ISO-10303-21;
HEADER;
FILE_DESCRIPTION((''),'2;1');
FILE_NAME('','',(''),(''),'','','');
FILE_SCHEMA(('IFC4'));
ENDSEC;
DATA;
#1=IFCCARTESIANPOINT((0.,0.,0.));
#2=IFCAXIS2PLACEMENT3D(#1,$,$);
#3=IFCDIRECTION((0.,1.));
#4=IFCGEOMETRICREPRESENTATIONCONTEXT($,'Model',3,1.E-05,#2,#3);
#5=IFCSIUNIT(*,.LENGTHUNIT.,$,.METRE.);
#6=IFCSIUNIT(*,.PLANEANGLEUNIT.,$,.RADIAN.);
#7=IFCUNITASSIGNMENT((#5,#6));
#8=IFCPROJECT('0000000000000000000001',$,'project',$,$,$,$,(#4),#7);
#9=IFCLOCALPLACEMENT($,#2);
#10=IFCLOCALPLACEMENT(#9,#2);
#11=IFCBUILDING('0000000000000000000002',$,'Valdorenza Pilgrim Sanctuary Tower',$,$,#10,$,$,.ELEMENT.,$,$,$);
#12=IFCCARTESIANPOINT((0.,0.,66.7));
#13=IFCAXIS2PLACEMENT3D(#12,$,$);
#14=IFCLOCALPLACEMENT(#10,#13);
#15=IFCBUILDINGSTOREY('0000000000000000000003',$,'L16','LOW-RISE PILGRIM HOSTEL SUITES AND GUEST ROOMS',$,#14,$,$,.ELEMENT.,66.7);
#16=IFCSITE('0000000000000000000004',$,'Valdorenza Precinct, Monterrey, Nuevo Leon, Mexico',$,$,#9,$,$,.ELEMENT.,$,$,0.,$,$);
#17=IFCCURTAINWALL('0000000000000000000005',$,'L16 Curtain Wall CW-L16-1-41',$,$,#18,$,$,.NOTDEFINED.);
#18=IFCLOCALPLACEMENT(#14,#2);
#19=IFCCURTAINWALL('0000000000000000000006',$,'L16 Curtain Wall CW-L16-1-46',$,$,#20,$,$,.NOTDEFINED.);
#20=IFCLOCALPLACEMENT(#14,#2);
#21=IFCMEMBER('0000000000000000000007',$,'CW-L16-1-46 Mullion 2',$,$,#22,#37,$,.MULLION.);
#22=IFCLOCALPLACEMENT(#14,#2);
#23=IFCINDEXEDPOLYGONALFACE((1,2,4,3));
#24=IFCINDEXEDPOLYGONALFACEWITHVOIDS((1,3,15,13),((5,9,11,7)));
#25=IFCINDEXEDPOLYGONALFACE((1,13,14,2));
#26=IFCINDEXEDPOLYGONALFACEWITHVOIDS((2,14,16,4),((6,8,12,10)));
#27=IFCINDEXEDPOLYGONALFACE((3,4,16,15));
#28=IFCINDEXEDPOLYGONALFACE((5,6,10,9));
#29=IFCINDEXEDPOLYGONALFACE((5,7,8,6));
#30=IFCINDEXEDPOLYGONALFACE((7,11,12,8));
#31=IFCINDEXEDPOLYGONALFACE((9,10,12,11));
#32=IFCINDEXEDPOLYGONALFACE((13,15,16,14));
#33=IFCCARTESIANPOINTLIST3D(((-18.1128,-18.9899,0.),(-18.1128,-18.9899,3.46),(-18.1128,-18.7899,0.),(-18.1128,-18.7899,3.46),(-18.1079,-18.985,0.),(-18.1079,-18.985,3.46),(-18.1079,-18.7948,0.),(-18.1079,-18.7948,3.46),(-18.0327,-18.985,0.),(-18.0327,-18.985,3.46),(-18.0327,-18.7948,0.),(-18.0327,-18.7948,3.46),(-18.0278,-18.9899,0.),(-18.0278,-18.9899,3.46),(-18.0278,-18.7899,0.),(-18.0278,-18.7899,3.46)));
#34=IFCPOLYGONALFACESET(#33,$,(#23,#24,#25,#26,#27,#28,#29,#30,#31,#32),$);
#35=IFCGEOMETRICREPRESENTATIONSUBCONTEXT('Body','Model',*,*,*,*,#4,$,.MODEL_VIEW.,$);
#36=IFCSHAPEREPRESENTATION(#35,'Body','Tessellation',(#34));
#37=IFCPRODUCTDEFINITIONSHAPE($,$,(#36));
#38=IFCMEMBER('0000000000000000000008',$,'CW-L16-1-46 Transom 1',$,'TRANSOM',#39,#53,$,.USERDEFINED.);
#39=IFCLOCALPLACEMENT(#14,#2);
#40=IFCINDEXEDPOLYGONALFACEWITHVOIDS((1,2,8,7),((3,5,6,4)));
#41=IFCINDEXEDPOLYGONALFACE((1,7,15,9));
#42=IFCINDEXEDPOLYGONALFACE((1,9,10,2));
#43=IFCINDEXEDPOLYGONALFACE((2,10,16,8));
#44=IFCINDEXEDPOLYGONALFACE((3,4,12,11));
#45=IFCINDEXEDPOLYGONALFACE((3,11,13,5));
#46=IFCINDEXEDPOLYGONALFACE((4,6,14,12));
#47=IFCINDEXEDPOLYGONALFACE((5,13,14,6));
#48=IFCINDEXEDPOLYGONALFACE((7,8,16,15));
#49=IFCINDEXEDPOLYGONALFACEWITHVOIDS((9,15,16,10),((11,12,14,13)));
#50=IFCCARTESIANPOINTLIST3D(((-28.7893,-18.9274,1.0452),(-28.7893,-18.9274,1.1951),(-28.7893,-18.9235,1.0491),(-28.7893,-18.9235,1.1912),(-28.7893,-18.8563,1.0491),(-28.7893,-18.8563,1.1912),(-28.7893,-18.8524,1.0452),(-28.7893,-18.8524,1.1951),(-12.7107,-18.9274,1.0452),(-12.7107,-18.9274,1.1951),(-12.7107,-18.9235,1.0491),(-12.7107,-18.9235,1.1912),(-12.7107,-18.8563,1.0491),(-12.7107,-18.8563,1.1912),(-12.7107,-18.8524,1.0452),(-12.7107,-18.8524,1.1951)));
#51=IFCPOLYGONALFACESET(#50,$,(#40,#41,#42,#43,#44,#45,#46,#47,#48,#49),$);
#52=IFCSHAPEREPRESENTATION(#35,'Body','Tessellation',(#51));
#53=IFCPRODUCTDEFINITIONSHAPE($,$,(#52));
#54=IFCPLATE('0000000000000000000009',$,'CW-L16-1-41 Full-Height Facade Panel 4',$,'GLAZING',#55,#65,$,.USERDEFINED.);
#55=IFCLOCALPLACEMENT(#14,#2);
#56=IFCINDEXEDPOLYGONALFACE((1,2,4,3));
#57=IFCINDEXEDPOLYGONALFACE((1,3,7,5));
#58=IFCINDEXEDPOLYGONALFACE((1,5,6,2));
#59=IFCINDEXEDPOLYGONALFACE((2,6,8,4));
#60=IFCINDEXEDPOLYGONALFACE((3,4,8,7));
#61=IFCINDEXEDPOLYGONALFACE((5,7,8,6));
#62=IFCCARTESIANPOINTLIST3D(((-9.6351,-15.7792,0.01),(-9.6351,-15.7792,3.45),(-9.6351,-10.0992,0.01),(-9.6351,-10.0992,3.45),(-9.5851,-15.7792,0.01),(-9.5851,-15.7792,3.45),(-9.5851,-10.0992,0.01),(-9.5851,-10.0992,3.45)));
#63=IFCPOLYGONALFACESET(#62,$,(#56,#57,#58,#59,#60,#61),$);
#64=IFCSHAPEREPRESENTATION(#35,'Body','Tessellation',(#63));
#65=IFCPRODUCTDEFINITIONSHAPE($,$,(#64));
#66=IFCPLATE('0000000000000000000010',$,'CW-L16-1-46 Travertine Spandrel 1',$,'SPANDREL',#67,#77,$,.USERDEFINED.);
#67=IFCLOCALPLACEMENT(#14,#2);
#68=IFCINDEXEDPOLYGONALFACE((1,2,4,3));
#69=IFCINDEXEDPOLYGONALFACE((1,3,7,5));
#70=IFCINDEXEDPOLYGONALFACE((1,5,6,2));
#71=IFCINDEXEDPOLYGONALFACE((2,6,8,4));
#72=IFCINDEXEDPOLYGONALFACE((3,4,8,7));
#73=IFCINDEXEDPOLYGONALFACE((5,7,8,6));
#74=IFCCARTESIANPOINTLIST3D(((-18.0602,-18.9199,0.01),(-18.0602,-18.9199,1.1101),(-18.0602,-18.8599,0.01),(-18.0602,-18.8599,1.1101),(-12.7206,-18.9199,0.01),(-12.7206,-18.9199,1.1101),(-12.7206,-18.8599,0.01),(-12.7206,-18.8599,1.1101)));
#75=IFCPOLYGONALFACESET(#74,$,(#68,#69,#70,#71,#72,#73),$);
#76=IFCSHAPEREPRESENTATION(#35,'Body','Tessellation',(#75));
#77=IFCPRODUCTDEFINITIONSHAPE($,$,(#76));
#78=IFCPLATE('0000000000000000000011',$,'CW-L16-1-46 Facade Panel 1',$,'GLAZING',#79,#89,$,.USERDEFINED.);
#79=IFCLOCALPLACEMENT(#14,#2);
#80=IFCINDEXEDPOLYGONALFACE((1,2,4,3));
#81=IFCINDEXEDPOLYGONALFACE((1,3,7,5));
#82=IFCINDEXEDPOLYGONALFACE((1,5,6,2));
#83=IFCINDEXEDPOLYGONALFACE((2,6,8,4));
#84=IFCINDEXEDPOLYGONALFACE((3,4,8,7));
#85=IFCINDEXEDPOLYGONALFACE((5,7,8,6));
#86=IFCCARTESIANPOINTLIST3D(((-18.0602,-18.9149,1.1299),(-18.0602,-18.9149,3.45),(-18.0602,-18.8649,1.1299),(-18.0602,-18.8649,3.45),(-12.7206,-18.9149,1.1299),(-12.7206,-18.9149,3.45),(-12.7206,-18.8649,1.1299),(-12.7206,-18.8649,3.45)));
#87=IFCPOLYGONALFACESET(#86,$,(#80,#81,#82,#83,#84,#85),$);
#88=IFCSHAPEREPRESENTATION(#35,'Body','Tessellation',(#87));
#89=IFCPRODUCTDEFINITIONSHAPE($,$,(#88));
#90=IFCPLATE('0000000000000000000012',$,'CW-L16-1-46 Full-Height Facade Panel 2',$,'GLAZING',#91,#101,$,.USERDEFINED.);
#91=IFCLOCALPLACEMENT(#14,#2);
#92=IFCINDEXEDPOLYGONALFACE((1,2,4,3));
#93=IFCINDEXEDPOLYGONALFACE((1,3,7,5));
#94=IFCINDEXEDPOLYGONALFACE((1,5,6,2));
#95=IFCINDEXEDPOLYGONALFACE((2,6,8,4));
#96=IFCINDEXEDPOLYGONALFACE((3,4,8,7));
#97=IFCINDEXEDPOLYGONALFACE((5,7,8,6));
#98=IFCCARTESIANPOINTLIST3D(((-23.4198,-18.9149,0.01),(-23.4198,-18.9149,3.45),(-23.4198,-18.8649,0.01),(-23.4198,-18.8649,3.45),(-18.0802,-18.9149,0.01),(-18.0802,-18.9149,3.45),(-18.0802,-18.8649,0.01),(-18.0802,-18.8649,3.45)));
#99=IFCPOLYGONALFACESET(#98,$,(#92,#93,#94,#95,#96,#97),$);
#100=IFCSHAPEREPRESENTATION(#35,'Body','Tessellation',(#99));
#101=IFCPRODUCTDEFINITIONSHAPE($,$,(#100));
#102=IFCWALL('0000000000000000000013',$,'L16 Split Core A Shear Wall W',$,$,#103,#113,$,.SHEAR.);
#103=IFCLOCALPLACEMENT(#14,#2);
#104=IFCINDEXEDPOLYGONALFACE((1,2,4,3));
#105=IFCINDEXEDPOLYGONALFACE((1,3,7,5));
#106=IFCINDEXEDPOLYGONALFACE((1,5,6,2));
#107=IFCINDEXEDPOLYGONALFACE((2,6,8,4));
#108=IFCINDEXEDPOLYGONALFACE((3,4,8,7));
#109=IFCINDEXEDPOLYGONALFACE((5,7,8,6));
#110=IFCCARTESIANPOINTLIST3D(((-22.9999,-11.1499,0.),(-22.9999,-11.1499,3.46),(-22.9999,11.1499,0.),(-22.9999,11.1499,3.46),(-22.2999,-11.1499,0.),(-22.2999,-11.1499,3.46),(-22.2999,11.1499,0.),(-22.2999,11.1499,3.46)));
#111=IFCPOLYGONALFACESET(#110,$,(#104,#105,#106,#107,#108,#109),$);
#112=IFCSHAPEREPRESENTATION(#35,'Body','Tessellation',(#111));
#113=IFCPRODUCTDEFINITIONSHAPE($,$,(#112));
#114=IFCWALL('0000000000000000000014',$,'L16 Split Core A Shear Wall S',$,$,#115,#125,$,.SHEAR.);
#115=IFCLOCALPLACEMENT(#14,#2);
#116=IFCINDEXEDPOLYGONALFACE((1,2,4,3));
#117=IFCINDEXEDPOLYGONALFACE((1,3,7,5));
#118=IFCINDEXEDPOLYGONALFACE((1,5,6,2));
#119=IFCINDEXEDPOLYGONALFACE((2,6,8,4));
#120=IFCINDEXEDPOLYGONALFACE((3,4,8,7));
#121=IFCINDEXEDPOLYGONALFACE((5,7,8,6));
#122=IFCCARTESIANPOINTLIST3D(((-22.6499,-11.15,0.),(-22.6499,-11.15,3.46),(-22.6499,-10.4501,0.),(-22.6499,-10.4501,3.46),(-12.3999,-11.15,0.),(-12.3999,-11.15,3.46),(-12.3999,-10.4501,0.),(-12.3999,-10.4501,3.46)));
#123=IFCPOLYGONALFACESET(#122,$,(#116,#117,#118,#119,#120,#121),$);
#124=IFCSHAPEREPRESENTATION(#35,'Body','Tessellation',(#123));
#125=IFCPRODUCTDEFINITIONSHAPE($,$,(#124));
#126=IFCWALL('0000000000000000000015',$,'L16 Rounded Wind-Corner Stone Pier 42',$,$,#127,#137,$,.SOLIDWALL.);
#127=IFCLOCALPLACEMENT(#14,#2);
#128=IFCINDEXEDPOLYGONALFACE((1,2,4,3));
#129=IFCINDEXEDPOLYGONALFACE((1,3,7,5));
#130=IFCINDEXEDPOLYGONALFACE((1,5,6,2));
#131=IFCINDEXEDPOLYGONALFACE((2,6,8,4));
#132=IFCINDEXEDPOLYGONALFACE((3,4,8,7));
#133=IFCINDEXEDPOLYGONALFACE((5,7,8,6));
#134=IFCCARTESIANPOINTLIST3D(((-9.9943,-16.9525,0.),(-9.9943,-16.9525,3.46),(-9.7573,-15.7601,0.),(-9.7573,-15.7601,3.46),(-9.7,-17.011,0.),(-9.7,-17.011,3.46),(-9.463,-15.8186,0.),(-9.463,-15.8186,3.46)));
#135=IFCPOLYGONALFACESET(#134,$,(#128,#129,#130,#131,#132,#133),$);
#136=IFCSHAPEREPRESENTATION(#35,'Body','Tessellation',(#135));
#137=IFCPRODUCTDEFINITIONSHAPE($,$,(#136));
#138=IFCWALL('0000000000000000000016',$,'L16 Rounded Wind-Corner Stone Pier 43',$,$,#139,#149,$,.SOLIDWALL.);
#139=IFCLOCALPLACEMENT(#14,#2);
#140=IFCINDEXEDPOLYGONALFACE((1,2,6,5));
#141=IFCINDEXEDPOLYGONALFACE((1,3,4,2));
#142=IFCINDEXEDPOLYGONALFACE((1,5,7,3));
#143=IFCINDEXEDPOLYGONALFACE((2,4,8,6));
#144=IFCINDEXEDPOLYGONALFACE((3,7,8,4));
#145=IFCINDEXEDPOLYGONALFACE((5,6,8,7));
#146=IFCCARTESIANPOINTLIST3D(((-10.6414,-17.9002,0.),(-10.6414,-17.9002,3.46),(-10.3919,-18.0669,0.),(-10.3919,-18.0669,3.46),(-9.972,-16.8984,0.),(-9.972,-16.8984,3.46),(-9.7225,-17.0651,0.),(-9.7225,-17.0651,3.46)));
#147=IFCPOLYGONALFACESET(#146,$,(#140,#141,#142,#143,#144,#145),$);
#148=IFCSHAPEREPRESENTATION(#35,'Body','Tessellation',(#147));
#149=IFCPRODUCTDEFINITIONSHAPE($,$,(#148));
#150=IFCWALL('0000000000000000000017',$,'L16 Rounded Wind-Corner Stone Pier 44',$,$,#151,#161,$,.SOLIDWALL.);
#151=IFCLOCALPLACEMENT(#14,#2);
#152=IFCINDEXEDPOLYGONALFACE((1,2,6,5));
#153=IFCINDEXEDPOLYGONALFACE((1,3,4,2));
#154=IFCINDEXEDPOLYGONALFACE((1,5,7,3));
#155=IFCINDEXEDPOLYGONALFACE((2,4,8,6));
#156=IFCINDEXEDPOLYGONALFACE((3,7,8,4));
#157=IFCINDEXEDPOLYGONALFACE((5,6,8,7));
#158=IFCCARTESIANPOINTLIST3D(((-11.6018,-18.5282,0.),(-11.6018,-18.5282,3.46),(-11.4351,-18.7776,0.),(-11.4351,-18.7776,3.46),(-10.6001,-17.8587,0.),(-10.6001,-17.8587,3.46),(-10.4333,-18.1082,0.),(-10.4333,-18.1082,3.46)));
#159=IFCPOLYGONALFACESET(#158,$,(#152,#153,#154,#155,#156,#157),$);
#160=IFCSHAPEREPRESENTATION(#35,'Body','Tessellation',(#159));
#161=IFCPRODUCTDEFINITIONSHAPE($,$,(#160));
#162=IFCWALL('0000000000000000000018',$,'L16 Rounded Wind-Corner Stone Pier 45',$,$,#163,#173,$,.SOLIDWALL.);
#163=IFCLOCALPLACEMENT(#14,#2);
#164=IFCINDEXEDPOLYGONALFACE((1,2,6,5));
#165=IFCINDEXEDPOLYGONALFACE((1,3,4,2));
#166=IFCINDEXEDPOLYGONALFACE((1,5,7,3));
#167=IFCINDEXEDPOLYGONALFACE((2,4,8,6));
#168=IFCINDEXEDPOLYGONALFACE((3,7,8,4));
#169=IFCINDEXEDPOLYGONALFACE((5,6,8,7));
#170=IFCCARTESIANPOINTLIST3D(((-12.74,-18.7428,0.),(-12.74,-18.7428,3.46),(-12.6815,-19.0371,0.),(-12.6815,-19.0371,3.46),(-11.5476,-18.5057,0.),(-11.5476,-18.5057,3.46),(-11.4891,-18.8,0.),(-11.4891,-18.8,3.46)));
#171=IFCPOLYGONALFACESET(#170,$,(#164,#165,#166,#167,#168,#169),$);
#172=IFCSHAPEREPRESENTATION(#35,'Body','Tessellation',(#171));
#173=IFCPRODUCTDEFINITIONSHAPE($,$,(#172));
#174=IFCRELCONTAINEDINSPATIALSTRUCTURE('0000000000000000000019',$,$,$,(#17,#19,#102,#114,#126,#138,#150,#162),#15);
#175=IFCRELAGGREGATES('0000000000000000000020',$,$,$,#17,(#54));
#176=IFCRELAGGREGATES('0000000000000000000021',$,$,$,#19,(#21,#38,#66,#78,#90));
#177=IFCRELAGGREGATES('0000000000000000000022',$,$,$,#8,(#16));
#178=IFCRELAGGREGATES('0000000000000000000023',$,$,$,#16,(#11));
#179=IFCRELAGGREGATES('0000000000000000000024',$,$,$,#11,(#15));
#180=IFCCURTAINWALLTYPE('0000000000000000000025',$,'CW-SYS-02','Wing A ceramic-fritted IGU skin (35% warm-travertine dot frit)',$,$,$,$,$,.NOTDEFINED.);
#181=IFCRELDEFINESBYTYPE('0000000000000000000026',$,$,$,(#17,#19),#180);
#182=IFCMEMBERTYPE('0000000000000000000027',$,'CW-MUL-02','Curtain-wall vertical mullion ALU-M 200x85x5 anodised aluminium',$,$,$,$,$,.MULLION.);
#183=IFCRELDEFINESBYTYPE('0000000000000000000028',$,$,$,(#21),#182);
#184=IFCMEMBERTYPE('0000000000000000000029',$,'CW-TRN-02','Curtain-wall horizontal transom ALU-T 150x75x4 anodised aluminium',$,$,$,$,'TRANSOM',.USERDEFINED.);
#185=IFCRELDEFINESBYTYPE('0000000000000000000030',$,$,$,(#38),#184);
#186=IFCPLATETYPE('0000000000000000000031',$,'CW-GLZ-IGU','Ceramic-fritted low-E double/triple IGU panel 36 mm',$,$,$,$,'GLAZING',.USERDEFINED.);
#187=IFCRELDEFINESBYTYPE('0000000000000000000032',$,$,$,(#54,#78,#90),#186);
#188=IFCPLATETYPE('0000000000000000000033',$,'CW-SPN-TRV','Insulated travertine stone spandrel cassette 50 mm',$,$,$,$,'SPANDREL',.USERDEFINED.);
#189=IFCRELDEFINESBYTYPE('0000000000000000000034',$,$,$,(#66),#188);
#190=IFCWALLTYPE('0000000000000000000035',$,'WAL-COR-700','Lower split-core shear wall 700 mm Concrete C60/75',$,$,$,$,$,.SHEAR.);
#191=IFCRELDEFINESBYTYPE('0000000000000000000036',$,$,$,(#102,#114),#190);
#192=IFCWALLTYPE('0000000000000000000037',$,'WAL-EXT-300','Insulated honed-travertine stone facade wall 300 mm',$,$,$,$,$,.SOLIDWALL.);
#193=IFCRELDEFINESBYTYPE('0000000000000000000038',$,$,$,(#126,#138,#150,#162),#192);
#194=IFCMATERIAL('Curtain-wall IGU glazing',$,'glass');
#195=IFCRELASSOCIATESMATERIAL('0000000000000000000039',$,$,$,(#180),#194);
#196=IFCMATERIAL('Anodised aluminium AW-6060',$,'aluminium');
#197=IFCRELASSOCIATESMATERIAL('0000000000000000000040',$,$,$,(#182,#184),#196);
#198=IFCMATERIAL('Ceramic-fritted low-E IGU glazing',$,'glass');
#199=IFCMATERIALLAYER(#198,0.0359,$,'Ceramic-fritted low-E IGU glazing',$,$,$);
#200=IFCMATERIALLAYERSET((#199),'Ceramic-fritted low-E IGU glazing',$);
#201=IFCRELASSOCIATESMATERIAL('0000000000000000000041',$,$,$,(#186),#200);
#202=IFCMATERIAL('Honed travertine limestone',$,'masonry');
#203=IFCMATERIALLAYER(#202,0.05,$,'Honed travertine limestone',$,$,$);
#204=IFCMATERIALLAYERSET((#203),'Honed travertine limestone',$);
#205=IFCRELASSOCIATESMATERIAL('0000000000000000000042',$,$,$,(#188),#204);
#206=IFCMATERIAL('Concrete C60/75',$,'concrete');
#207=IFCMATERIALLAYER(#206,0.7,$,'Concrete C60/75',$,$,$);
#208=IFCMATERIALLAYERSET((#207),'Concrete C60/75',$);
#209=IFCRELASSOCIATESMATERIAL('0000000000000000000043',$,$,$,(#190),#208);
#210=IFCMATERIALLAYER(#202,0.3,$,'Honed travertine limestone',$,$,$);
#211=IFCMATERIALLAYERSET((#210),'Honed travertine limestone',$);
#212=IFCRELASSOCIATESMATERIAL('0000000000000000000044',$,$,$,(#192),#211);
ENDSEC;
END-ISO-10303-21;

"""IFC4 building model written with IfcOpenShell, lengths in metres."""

from ifc_helpers import new_model, si_unit, direction, frame, frame_2d, origin, origin_2d, place, context, subcontext, project, spatial, rectangle, hollow_rectangle, extrude, source, transform, mapped, material, layer, layer_set, material_profile, profile_set, type_object, element, aggregate, save


model = new_model("IFC4")

# Units and contexts
model_context = context("Model", 3, precision=1e-05, world=origin(), true_north=direction((0.0, 1.0)))
body_context = subcontext(model_context, "Body", "Model", "MODEL_VIEW")
ifc_project = project(units=[si_unit("LENGTHUNIT", "METRE"), si_unit("PLANEANGLEUNIT", "RADIAN")], contexts=[model_context])

# Site, building, storey
site_placement = place(None, origin())
site = spatial("IfcSite", under=ifc_project, at=site_placement, Name="Valdorenza Precinct, Monterrey, Nuevo Leon, Mexico", CompositionType="ELEMENT", RefElevation=0.0)
building_placement = place(site_placement, origin())
building = spatial("IfcBuilding", under=site, at=building_placement, Name="Valdorenza Pilgrim Sanctuary Tower", CompositionType="ELEMENT")
storey_placement = place(building_placement, frame((0.0, 0.0, 66.7)))
storey = spatial("IfcBuildingStorey", under=building, at=storey_placement, Name="L16", Description="LOW-RISE PILGRIM HOSTEL SUITES AND GUEST ROOMS", CompositionType="ELEMENT", Elevation=66.7)

# Shared definitions
ifc_material_1 = material(Name="Concrete C60/75", Category="concrete")

# Curtain wall
ifc_material_2 = material(Name="Curtain-wall IGU glazing", Category="glass")
curtain_wall_type = type_object("IfcCurtainWallType", Name="CW-SYS-02", Description="Wing A ceramic-fritted IGU skin (35% warm-travertine dot frit)", PredefinedType="NOTDEFINED", material=ifc_material_2)
curtain_wall_1_placement = place(storey_placement, origin())
curtain_wall_1 = element("IfcCurtainWall", 1, at=curtain_wall_1_placement, inside=storey, type_object=curtain_wall_type, Name="L16 Curtain Wall CW-L16-1-41", PredefinedType="NOTDEFINED")
ifc_material_3 = material(Name="Anodised aluminium AW-6060", Category="aluminium")
ifc_material_profile_1 = material_profile(ifc_material_3, hollow_rectangle(XDim=0.085, YDim=0.2, WallThickness=0.0049, at=origin_2d()), Name="ALU-M 200x85x5")
ifc_profile_set_1 = profile_set([ifc_material_profile_1], Name="Anodised aluminium AW-6060")
member_type_1 = type_object("IfcMemberType", Name="CW-MUL-02", Description="Curtain-wall vertical mullion ALU-M 200x85x5 anodised aluminium", PredefinedType="MULLION", material=ifc_profile_set_1)
shared_shape_1 = source(origin(), body_context, "Body", "SweptSolid", [
    extrude(hollow_rectangle(XDim=0.085, YDim=0.2, WallThickness=0.0049, at=origin_2d()), origin(), (0.0, 0.0, 1.0), 3.46),
])

# Curtain wall, members
curtain_wall_2_placement = place(storey_placement, origin())
curtain_wall_2 = element("IfcCurtainWall", 2, at=curtain_wall_2_placement, inside=storey, type_object=curtain_wall_type, Name="L16 Curtain Wall CW-L16-1-46", PredefinedType="NOTDEFINED")
member_1_placement = place(storey_placement, frame((-18.0703, -18.8899, 0.0), z_axis=(0.0, 0.0, 1.0), x_axis=(-1.0, 0.0, 0.0)))
member_1 = element("IfcMember", 3, at=member_1_placement, type_object=member_type_1, Name="CW-L16-1-46 Mullion 2", PredefinedType="MULLION", context=body_context, shape_type="MappedRepresentation", body=[
    mapped(shared_shape_1, transform((0.0, 0.0, 0.0), x_axis=(1.0, 0.0, 0.0), y_axis=(0.0, 1.0, 0.0), z_axis=(0.0, 0.0, 1.0), scale=1.0)),
])
ifc_material_profile_2 = material_profile(ifc_material_3, hollow_rectangle(XDim=0.075, YDim=0.1499, WallThickness=0.0039, at=origin_2d()), Name="ALU-T 150x75x4")
ifc_profile_set_2 = profile_set([ifc_material_profile_2], Name="Anodised aluminium AW-6060")
member_type_2 = type_object("IfcMemberType", Name="CW-TRN-02", Description="Curtain-wall horizontal transom ALU-T 150x75x4 anodised aluminium", ElementType="TRANSOM", PredefinedType="USERDEFINED", material=ifc_profile_set_2)
shared_shape_2 = source(origin(), body_context, "Body", "SweptSolid", [
    extrude(hollow_rectangle(XDim=0.075, YDim=0.1499, WallThickness=0.0039, at=origin_2d()), origin(), (0.0, 0.0, 1.0), 16.0786),
])
member_2_placement = place(storey_placement, frame((-12.7107, -18.8899, 1.1201), z_axis=(-1.0, 0.0, 0.0), x_axis=(0.0, -1.0, 0.0)))
member_2 = element("IfcMember", 4, at=member_2_placement, type_object=member_type_2, Name="CW-L16-1-46 Transom 1", ObjectType="TRANSOM", PredefinedType="USERDEFINED", context=body_context, shape_type="MappedRepresentation", body=[
    mapped(shared_shape_2, transform((0.0, 0.0, 0.0), x_axis=(1.0, 0.0, 0.0), y_axis=(0.0, 1.0, 0.0), z_axis=(0.0, 0.0, 1.0), scale=1.0)),
])

# Plates
ifc_material_4 = material(Name="Ceramic-fritted low-E IGU glazing", Category="glass")
ifc_layer_1 = layer(ifc_material_4, 0.0359, Name="Ceramic-fritted low-E IGU glazing")
ifc_layer_set_1 = layer_set([ifc_layer_1], Name="Ceramic-fritted low-E IGU glazing")
plate_type_1 = type_object("IfcPlateType", Name="CW-GLZ-IGU", Description="Ceramic-fritted low-E double/triple IGU panel 36 mm", ElementType="GLAZING", PredefinedType="USERDEFINED", material=ifc_layer_set_1)
shared_shape_3 = source(origin(), body_context, "Body", "SweptSolid", [
    extrude(rectangle(XDim=5.6799, YDim=0.05, at=origin_2d()), origin(), (0.0, 0.0, 1.0), 3.4399),
])
plate_1_placement = place(storey_placement, frame((-9.6101, -12.9392, 0.01), z_axis=(0.0, 0.0, 1.0), x_axis=(0.0, -1.0, 0.0)))
plate_1 = element("IfcPlate", 5, at=plate_1_placement, type_object=plate_type_1, Name="CW-L16-1-41 Full-Height Facade Panel 4", ObjectType="GLAZING", PredefinedType="USERDEFINED", context=body_context, shape_type="MappedRepresentation", body=[
    mapped(shared_shape_3, transform((0.0, 0.0, 0.0), x_axis=(1.0, 0.0, 0.0), y_axis=(0.0, 1.0, 0.0), z_axis=(0.0, 0.0, 1.0), scale=1.0)),
])
aggregate(curtain_wall_1, [plate_1])
ifc_material_5 = material(Name="Honed travertine limestone", Category="masonry")
ifc_layer_2 = layer(ifc_material_5, 0.05, Name="Honed travertine limestone")
ifc_layer_set_2 = layer_set([ifc_layer_2], Name="Honed travertine limestone")
plate_type_2 = type_object("IfcPlateType", Name="CW-SPN-TRV", Description="Insulated travertine stone spandrel cassette 50 mm", ElementType="SPANDREL", PredefinedType="USERDEFINED", material=ifc_layer_set_2)
shared_shape_4 = source(origin(), body_context, "Body", "SweptSolid", [
    extrude(rectangle(XDim=5.3396, YDim=0.0601, at=origin_2d()), origin(), (0.0, 0.0, 1.0), 1.1001),
])
plate_2_placement = place(storey_placement, frame((-15.3904, -18.8899, 0.01), z_axis=(0.0, 0.0, 1.0), x_axis=(-1.0, 0.0, 0.0)))
plate_2 = element("IfcPlate", 6, at=plate_2_placement, type_object=plate_type_2, Name="CW-L16-1-46 Travertine Spandrel 1", ObjectType="SPANDREL", PredefinedType="USERDEFINED", context=body_context, shape_type="MappedRepresentation", body=[
    mapped(shared_shape_4, transform((0.0, 0.0, 0.0), x_axis=(1.0, 0.0, 0.0), y_axis=(0.0, 1.0, 0.0), z_axis=(0.0, 0.0, 1.0), scale=1.0)),
])
shared_shape_5 = source(origin(), body_context, "Body", "SweptSolid", [
    extrude(rectangle(XDim=5.3396, YDim=0.05, at=origin_2d()), origin(), (0.0, 0.0, 1.0), 2.3201),
])
plate_3_placement = place(storey_placement, frame((-15.3904, -18.8899, 1.1299), z_axis=(0.0, 0.0, 1.0), x_axis=(-1.0, 0.0, 0.0)))
plate_3 = element("IfcPlate", 7, at=plate_3_placement, type_object=plate_type_1, Name="CW-L16-1-46 Facade Panel 1", ObjectType="GLAZING", PredefinedType="USERDEFINED", context=body_context, shape_type="MappedRepresentation", body=[
    mapped(shared_shape_5, transform((0.0, 0.0, 0.0), x_axis=(1.0, 0.0, 0.0), y_axis=(0.0, 1.0, 0.0), z_axis=(0.0, 0.0, 1.0), scale=1.0)),
])
shared_shape_6 = source(origin(), body_context, "Body", "SweptSolid", [
    extrude(rectangle(XDim=5.3396, YDim=0.05, at=origin_2d()), origin(), (0.0, 0.0, 1.0), 3.4399),
])
plate_4_placement = place(storey_placement, frame((-20.75, -18.8899, 0.01), z_axis=(0.0, 0.0, 1.0), x_axis=(-1.0, 0.0, 0.0)))
plate_4 = element("IfcPlate", 8, at=plate_4_placement, type_object=plate_type_1, Name="CW-L16-1-46 Full-Height Facade Panel 2", ObjectType="GLAZING", PredefinedType="USERDEFINED", context=body_context, shape_type="MappedRepresentation", body=[
    mapped(shared_shape_6, transform((0.0, 0.0, 0.0), x_axis=(1.0, 0.0, 0.0), y_axis=(0.0, 1.0, 0.0), z_axis=(0.0, 0.0, 1.0), scale=1.0)),
])
aggregate(curtain_wall_2, [member_1, member_2, plate_2, plate_3, plate_4])

# Walls
ifc_layer_3 = layer(ifc_material_1, 0.7, Name="Concrete C60/75")
ifc_layer_set_3 = layer_set([ifc_layer_3], Name="Concrete C60/75")
wall_type_1 = type_object("IfcWallType", Name="WAL-COR-700", Description="Lower split-core shear wall 700 mm Concrete C60/75", PredefinedType="SHEAR", material=ifc_layer_set_3)
wall_1_placement = place(storey_placement, frame((-22.6499, -11.1499, 0.0), z_axis=(0.0, 0.0, 1.0), x_axis=(0.0, 1.0, 0.0)))
element("IfcWall", 9, at=wall_1_placement, inside=storey, type_object=wall_type_1, Name="L16 Split Core A Shear Wall W", PredefinedType="SHEAR", context=body_context, shape_type="SweptSolid", body=[
    extrude(rectangle(XDim=22.2998, YDim=0.7, at=frame_2d((11.1499, 0.0))), origin(), (0.0, 0.0, 1.0), 3.46),
])
wall_2_placement = place(storey_placement, frame((-22.6499, -10.8, 0.0), z_axis=(0.0, 0.0, 1.0), x_axis=(1.0, 0.0, 0.0)))
element("IfcWall", 10, at=wall_2_placement, inside=storey, type_object=wall_type_1, Name="L16 Split Core A Shear Wall S", PredefinedType="SHEAR", context=body_context, shape_type="SweptSolid", body=[
    extrude(rectangle(XDim=10.25, YDim=0.7, at=frame_2d((5.125, 0.0))), origin(), (0.0, 0.0, 1.0), 3.46),
])
ifc_layer_4 = layer(ifc_material_5, 0.3, Name="Honed travertine limestone")
ifc_layer_set_4 = layer_set([ifc_layer_4], Name="Honed travertine limestone")
wall_type_2 = type_object("IfcWallType", Name="WAL-EXT-300", Description="Insulated honed-travertine stone facade wall 300 mm", PredefinedType="SOLIDWALL", material=ifc_layer_set_4)
wall_3_placement = place(storey_placement, frame((-9.6101, -15.7893, 0.0), z_axis=(0.0, 0.0, 1.0), x_axis=(-0.194996, -0.980804, 0.0)))
element("IfcWall", 11, at=wall_3_placement, inside=storey, type_object=wall_type_2, Name="L16 Rounded Wind-Corner Stone Pier 42", PredefinedType="SOLIDWALL", context=body_context, shape_type="SweptSolid", body=[
    extrude(rectangle(XDim=1.2158, YDim=0.3, at=frame_2d((0.6079, 0.0))), origin(), (0.0, 0.0, 1.0), 3.46),
])
for number, where, z_axis, x_axis, name in (
    (12, (-9.8472, -16.9817, 0.0), (0.0, 0.0, 1.0), (-0.555635, -0.831426, 0.0), "L16 Rounded Wind-Corner Stone Pier 43"),
    (13, (-10.5166, -17.9834, 0.0), (0.0, 0.0, 1.0), (-0.831426, -0.555635, 0.0), "L16 Rounded Wind-Corner Stone Pier 44"),
):
    element("IfcWall", number, at=place(storey_placement, frame(where, z_axis=z_axis, x_axis=x_axis)), inside=storey, type_object=wall_type_2, Name=name, PredefinedType="SOLIDWALL", context=body_context, shape_type="SweptSolid", body=[
        extrude(rectangle(XDim=1.2048, YDim=0.3, at=frame_2d((0.6025, 0.0))), origin(), (0.0, 0.0, 1.0), 3.46),
    ])
wall_4_placement = place(storey_placement, frame((-11.5183, -18.6528, 0.0), z_axis=(0.0, 0.0, 1.0), x_axis=(-0.980804, -0.194996, 0.0)))
element("IfcWall", 14, at=wall_4_placement, inside=storey, type_object=wall_type_2, Name="L16 Rounded Wind-Corner Stone Pier 45", PredefinedType="SOLIDWALL", context=body_context, shape_type="SweptSolid", body=[
    extrude(rectangle(XDim=1.2158, YDim=0.3, at=frame_2d((0.6079, 0.0))), origin(), (0.0, 0.0, 1.0), 3.46),
])

save(model, "model.ifc")
